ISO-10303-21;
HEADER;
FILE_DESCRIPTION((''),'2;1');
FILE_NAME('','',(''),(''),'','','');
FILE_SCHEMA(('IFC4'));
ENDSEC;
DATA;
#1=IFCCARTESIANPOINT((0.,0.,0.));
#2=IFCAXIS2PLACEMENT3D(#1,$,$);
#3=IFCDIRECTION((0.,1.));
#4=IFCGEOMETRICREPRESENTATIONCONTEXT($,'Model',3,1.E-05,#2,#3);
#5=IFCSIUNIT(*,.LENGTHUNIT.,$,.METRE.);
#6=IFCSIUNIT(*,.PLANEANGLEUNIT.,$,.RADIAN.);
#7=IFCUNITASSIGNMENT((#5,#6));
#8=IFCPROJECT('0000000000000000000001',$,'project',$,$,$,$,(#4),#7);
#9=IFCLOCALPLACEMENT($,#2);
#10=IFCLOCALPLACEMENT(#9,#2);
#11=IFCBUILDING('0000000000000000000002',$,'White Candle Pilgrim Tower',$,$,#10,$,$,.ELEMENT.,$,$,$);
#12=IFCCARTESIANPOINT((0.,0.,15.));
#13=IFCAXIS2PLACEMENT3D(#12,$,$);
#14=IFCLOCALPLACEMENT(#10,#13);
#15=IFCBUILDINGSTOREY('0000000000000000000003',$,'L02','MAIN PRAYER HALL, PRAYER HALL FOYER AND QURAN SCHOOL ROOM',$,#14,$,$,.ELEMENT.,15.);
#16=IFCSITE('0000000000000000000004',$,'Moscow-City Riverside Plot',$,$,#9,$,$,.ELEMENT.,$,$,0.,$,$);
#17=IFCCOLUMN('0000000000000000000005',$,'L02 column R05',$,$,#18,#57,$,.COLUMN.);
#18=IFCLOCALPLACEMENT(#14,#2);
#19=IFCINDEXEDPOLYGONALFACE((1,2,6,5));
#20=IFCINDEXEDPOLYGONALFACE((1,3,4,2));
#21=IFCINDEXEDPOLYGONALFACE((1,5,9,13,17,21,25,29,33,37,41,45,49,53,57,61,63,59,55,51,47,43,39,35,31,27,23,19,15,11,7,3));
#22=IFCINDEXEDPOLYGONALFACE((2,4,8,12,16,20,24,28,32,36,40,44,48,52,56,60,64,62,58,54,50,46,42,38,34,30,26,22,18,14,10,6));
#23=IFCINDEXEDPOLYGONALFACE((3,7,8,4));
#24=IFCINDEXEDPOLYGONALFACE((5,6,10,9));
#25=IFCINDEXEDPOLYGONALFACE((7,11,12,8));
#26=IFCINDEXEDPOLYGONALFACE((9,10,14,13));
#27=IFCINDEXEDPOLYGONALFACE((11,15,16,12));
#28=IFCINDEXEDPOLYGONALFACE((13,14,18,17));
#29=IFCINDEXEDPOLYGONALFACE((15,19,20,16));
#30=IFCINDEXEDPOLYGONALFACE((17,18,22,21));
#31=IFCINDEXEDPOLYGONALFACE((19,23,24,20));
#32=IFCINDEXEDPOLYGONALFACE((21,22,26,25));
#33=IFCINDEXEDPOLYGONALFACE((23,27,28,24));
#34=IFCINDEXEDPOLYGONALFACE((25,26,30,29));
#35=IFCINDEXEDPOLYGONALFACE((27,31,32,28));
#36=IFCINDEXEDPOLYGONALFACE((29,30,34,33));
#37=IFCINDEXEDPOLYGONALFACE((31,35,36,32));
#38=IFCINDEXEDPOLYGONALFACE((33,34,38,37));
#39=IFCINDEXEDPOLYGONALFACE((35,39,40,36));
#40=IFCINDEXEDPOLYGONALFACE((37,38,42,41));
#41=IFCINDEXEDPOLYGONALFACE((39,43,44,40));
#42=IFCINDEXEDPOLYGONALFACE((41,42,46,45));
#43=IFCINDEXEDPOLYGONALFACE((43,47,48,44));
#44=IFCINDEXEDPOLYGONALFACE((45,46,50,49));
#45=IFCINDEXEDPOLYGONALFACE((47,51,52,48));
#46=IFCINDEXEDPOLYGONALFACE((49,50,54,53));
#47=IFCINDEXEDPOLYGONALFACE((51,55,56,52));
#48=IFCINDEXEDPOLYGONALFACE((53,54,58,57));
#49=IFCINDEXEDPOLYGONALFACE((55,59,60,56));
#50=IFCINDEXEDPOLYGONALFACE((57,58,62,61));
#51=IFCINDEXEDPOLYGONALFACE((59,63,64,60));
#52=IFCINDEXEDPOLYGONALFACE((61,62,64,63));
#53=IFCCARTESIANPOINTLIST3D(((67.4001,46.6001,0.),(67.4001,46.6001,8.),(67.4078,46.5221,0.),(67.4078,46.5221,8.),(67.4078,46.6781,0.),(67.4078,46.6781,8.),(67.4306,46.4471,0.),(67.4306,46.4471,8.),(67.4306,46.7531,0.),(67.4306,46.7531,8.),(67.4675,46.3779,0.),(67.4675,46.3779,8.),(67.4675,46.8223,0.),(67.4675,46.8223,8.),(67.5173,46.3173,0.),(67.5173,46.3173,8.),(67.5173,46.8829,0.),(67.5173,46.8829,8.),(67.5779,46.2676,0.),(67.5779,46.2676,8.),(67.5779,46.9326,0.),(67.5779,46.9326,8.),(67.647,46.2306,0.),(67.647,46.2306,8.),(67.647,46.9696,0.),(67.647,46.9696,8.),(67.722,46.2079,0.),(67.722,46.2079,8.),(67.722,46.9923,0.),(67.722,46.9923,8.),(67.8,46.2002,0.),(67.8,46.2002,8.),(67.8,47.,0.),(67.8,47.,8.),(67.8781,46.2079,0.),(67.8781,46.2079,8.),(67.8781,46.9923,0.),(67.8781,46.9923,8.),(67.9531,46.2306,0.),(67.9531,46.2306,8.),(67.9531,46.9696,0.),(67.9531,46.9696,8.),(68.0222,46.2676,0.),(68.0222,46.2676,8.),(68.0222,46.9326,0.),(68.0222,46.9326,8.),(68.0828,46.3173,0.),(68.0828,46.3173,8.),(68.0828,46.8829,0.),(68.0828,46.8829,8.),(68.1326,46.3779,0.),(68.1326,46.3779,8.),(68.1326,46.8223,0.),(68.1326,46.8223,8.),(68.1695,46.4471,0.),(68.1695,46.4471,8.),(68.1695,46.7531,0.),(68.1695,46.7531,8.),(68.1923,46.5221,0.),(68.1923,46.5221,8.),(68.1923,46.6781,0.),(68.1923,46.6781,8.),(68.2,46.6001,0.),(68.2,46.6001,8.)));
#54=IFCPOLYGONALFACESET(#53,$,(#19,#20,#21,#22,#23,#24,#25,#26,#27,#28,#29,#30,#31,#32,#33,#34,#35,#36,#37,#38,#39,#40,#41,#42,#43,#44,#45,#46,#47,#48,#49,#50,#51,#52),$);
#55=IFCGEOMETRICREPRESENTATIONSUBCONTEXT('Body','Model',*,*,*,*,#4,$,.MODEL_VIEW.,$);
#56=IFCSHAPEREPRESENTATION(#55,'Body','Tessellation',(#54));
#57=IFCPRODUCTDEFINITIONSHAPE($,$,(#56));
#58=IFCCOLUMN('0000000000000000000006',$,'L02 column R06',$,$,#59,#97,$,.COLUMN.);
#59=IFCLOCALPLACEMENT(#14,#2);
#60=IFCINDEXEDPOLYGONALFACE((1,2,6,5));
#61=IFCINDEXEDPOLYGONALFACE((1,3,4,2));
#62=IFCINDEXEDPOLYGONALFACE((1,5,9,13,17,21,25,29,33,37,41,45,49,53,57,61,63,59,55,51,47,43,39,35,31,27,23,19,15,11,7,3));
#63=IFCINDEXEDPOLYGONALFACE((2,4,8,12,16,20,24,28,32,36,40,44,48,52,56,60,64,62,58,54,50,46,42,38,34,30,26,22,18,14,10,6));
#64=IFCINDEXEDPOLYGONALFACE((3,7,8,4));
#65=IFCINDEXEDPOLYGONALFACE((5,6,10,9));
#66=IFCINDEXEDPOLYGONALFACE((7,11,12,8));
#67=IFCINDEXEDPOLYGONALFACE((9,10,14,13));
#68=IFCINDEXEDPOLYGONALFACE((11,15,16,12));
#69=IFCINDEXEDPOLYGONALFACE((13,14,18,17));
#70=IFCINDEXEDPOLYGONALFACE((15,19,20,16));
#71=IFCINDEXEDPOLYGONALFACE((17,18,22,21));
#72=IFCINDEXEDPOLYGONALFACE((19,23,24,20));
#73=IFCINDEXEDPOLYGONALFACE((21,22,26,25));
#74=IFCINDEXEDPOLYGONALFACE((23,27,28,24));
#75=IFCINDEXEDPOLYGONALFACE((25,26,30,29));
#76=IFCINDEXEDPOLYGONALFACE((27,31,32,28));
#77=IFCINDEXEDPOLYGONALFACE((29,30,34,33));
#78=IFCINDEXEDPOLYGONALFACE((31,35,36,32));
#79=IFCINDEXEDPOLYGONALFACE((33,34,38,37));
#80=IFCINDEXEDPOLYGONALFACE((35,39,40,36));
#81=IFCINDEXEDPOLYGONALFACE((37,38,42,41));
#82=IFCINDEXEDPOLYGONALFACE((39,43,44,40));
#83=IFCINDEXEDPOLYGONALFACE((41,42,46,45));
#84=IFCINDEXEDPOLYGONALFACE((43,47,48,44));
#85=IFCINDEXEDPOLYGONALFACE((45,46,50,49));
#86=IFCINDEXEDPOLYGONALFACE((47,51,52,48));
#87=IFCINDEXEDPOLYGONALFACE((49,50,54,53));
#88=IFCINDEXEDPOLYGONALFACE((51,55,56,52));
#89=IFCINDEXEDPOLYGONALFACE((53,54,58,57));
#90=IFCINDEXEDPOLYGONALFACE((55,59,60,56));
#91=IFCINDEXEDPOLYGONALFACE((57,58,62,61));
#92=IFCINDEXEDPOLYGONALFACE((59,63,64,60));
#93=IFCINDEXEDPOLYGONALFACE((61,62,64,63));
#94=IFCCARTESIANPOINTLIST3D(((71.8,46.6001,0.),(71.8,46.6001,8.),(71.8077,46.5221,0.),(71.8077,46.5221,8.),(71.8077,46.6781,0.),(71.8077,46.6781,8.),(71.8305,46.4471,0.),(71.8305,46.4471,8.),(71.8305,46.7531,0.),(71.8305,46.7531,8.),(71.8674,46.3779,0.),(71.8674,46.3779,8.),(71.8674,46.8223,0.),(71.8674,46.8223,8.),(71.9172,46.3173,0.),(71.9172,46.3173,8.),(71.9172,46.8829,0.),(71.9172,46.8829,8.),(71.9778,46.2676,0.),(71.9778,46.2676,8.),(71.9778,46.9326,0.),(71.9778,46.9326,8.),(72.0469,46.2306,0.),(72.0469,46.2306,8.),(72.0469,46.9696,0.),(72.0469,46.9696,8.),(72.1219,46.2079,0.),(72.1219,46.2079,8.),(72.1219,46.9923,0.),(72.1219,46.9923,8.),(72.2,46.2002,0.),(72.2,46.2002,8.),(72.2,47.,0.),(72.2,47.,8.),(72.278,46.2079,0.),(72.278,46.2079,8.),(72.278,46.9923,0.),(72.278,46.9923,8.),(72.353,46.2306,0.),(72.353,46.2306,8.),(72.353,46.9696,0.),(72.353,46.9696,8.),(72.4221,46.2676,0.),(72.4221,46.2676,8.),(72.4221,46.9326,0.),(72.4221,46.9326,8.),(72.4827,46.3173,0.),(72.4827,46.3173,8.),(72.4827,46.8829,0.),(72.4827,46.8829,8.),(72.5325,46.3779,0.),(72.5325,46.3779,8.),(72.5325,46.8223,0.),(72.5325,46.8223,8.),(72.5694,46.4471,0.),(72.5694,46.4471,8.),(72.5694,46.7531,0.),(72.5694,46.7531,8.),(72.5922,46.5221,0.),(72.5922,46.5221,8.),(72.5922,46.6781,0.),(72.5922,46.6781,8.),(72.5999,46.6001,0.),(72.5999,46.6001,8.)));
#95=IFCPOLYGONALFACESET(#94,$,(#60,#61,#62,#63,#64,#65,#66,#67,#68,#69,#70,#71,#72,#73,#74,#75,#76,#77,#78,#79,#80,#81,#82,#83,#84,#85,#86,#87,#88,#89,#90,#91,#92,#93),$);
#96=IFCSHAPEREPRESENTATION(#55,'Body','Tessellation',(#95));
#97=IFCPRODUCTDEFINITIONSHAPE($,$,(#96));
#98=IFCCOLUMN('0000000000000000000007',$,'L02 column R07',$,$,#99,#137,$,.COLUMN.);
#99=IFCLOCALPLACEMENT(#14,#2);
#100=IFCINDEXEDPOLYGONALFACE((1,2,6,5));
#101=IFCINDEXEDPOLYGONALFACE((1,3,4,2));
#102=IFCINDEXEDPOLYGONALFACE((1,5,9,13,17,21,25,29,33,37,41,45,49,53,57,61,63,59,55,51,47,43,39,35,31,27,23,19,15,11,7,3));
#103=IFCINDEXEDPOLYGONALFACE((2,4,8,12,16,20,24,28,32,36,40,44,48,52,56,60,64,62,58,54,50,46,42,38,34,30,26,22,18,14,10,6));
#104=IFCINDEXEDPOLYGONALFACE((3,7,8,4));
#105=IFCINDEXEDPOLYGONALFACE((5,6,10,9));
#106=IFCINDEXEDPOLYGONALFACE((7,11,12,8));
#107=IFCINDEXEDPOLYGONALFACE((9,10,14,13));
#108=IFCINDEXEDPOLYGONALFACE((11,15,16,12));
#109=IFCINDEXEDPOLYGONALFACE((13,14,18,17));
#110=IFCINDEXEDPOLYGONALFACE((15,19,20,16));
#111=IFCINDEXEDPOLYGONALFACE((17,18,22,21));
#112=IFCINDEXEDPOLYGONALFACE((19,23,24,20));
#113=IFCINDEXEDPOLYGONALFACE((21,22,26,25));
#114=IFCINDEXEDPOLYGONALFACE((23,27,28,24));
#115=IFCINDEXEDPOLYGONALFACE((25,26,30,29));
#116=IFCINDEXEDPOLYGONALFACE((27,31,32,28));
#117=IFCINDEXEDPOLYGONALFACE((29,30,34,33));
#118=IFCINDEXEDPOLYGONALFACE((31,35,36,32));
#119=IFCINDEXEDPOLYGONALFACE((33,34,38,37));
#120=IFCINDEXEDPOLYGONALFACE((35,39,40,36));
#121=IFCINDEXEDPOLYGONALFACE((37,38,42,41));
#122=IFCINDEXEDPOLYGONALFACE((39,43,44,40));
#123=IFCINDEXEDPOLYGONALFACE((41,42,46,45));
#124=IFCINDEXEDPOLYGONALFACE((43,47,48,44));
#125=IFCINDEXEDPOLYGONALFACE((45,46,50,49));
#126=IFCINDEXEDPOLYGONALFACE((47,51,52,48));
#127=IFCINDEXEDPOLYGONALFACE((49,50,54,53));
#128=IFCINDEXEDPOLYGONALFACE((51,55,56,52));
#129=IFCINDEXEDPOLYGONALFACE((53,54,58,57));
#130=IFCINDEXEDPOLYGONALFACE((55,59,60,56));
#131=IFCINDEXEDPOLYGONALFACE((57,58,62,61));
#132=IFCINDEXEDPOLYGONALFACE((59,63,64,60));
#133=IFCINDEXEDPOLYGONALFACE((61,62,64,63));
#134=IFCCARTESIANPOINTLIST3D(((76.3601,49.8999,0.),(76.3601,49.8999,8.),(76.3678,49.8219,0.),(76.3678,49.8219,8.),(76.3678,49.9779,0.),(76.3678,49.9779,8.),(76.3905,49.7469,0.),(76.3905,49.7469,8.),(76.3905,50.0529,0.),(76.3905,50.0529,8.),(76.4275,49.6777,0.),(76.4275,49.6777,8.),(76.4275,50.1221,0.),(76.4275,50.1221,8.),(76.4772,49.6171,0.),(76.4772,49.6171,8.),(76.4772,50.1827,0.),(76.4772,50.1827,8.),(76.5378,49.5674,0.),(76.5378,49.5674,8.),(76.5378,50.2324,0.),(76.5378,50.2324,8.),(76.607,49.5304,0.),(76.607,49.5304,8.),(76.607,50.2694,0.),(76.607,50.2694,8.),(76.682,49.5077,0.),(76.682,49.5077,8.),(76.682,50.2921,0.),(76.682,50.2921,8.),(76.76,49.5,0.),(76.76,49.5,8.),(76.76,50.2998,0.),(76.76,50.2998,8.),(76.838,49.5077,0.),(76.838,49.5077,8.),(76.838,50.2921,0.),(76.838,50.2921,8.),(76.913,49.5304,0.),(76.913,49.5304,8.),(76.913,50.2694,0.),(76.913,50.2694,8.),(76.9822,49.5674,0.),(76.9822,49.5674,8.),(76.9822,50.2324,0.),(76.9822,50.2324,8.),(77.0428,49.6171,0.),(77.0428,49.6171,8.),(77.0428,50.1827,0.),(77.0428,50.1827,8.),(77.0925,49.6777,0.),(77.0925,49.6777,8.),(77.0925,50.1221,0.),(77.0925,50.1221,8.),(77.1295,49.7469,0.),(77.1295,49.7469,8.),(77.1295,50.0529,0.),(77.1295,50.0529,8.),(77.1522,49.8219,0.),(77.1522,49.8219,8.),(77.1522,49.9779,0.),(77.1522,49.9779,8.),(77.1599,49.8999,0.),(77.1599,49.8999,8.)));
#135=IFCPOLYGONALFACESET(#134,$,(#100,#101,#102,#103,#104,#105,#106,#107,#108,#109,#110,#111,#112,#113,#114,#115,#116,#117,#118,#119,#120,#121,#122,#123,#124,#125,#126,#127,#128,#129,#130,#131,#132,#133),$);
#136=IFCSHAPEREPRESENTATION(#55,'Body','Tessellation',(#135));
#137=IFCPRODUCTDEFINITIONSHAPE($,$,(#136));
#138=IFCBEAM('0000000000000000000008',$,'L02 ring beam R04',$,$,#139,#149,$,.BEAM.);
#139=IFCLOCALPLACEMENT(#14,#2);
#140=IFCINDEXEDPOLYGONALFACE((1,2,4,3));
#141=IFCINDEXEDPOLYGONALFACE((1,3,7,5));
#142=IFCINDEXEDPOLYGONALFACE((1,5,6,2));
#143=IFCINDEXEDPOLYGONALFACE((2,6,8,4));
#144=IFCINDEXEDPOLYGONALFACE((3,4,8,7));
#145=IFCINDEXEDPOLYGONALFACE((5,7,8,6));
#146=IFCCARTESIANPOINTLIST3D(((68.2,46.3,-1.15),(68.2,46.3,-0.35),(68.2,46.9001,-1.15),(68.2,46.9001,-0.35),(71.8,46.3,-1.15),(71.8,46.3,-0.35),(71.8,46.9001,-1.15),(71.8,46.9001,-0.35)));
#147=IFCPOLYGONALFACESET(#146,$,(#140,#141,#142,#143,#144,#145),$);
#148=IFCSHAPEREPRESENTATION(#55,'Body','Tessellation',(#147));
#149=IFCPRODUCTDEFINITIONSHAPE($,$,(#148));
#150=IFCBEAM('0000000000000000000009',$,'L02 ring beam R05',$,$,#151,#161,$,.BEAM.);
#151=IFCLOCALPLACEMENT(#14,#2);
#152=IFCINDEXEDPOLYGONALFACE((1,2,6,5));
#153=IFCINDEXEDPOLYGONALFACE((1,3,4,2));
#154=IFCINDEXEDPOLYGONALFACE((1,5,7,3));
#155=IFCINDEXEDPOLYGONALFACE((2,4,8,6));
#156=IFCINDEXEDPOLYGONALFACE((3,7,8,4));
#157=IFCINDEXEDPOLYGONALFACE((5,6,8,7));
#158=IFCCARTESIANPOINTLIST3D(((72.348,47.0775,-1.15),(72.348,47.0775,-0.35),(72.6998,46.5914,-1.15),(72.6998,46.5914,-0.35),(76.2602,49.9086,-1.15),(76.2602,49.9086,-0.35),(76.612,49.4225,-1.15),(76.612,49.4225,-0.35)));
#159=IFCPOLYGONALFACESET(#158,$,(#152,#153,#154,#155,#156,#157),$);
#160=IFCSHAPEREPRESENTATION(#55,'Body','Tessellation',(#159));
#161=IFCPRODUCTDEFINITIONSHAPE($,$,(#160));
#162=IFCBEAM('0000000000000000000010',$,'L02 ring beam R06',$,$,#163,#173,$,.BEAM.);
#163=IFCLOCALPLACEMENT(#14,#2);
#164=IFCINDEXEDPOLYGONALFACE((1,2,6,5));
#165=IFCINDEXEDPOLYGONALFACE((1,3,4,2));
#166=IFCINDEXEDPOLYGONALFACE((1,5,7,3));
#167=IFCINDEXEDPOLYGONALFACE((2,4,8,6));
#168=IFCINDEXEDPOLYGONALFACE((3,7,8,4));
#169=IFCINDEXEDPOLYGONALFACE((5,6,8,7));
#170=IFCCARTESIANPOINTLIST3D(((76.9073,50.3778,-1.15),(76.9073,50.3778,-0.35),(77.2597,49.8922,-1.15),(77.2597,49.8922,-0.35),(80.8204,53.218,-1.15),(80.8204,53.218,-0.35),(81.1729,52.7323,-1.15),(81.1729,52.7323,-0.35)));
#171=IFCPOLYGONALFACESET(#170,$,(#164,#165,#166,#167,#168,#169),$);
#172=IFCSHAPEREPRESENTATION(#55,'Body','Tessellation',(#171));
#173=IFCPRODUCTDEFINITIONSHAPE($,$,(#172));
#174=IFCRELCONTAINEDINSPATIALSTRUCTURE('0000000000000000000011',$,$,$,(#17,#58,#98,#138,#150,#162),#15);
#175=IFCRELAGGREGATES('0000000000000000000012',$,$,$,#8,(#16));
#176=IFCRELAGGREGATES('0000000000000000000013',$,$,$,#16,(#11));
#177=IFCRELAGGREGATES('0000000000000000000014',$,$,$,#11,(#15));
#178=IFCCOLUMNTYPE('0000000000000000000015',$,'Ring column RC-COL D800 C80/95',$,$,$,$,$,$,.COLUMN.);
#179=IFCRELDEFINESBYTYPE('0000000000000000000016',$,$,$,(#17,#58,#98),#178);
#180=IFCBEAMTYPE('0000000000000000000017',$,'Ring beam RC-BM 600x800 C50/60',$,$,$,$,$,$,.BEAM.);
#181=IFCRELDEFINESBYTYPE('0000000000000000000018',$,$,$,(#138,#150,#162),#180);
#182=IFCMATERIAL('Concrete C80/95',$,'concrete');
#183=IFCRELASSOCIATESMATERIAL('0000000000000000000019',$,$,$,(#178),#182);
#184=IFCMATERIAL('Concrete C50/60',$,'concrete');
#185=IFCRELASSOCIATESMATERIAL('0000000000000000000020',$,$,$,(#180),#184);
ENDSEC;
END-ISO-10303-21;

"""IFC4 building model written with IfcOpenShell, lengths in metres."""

from ifc_helpers import new_model, si_unit, direction, frame, origin, origin_2d, place, context, subcontext, project, spatial, rectangle, circle, extrude, material, material_profile, profile_set, type_object, element, save


model = new_model("IFC4")

# Units and contexts
model_context = context("Model", 3, precision=1e-05, world=origin(), true_north=direction((0.0, 1.0)))
body_context = subcontext(model_context, "Body", "Model", "MODEL_VIEW")
ifc_project = project(units=[si_unit("LENGTHUNIT", "METRE"), si_unit("PLANEANGLEUNIT", "RADIAN")], contexts=[model_context])

# Site, building, storey
site_placement = place(None, origin())
site = spatial("IfcSite", under=ifc_project, at=site_placement, Name="Moscow-City Riverside Plot", CompositionType="ELEMENT", RefElevation=0.0)
building_placement = place(site_placement, origin())
building = spatial("IfcBuilding", under=site, at=building_placement, Name="White Candle Pilgrim Tower", CompositionType="ELEMENT")
storey_placement = place(building_placement, frame((0.0, 0.0, 15.0)))
storey = spatial("IfcBuildingStorey", under=building, at=storey_placement, Name="L02", Description="MAIN PRAYER HALL, PRAYER HALL FOYER AND QURAN SCHOOL ROOM", CompositionType="ELEMENT", Elevation=15.0)

# Columns
ifc_material_1 = material(Name="Concrete C80/95", Category="concrete")
ifc_material_profile_1 = material_profile(ifc_material_1, circle(Radius=0.3999, at=origin_2d()), Name="RC-COL D800")
ifc_profile_set_1 = profile_set([ifc_material_profile_1], Name="Concrete C80/95")
column_type = type_object("IfcColumnType", Name="Ring column RC-COL D800 C80/95", PredefinedType="COLUMN", material=ifc_profile_set_1)
for number, where, z_axis, x_axis, name in (
    (1, (67.8, 46.6001, 0.0), (0.0, 0.0, 1.0), (1.0, 0.0, 0.0), "L02 column R05"),
    (2, (72.2, 46.6001, 0.0), (0.0, 0.0, 1.0), (1.0, 0.0, 0.0), "L02 column R06"),
    (3, (76.76, 49.8999, 0.0), (0.0, 0.0, 1.0), (1.0, 0.0, 0.0), "L02 column R07"),
):
    element("IfcColumn", number, at=place(storey_placement, frame(where, z_axis=z_axis, x_axis=x_axis)), inside=storey, type_object=column_type, Name=name, PredefinedType="COLUMN", context=body_context, shape_type="SweptSolid", body=[
        extrude(circle(Radius=0.3999, at=origin_2d()), origin(), (0.0, 0.0, 1.0), 8.0),
    ])

# Beams
ifc_material_2 = material(Name="Concrete C50/60", Category="concrete")
ifc_material_profile_2 = material_profile(ifc_material_2, rectangle(XDim=0.6001, YDim=0.8, at=origin_2d()), Name="RC-BM 600x800")
ifc_profile_set_2 = profile_set([ifc_material_profile_2], Name="Concrete C50/60")
beam_type = type_object("IfcBeamType", Name="Ring beam RC-BM 600x800 C50/60", PredefinedType="BEAM", material=ifc_profile_set_2)
beam_1_placement = place(storey_placement, frame((68.2, 46.6001, -0.75), z_axis=(1.0, 0.0, 0.0), x_axis=(0.0, 1.0, 0.0)))
element("IfcBeam", 4, at=beam_1_placement, inside=storey, type_object=beam_type, Name="L02 ring beam R04", PredefinedType="BEAM", context=body_context, shape_type="SweptSolid", body=[
    extrude(rectangle(XDim=0.6001, YDim=0.8, at=origin_2d()), origin(), (0.0, 0.0, 1.0), 3.6001),
])
beam_2_placement = place(storey_placement, frame((72.5239, 46.8345, -0.75), z_axis=(0.810124, 0.586258, 0.0), x_axis=(-0.586258, 0.810124, 0.0)))
element("IfcBeam", 5, at=beam_2_placement, inside=storey, type_object=beam_type, Name="L02 ring beam R05", PredefinedType="BEAM", context=body_context, shape_type="SweptSolid", body=[
    extrude(rectangle(XDim=0.6001, YDim=0.8, at=origin_2d()), origin(), (0.0, 0.0, 1.0), 4.8291),
])
beam_3_placement = place(storey_placement, frame((77.0835, 50.135, -0.75), z_axis=(0.809306, 0.587388, 0.0), x_axis=(-0.587388, 0.809306, 0.0)))
element("IfcBeam", 6, at=beam_3_placement, inside=storey, type_object=beam_type, Name="L02 ring beam R06", PredefinedType="BEAM", context=body_context, shape_type="SweptSolid", body=[
    extrude(rectangle(XDim=0.6001, YDim=0.8, at=origin_2d()), origin(), (0.0, 0.0, 1.0), 4.8352),
])

save(model, "model.ifc")
